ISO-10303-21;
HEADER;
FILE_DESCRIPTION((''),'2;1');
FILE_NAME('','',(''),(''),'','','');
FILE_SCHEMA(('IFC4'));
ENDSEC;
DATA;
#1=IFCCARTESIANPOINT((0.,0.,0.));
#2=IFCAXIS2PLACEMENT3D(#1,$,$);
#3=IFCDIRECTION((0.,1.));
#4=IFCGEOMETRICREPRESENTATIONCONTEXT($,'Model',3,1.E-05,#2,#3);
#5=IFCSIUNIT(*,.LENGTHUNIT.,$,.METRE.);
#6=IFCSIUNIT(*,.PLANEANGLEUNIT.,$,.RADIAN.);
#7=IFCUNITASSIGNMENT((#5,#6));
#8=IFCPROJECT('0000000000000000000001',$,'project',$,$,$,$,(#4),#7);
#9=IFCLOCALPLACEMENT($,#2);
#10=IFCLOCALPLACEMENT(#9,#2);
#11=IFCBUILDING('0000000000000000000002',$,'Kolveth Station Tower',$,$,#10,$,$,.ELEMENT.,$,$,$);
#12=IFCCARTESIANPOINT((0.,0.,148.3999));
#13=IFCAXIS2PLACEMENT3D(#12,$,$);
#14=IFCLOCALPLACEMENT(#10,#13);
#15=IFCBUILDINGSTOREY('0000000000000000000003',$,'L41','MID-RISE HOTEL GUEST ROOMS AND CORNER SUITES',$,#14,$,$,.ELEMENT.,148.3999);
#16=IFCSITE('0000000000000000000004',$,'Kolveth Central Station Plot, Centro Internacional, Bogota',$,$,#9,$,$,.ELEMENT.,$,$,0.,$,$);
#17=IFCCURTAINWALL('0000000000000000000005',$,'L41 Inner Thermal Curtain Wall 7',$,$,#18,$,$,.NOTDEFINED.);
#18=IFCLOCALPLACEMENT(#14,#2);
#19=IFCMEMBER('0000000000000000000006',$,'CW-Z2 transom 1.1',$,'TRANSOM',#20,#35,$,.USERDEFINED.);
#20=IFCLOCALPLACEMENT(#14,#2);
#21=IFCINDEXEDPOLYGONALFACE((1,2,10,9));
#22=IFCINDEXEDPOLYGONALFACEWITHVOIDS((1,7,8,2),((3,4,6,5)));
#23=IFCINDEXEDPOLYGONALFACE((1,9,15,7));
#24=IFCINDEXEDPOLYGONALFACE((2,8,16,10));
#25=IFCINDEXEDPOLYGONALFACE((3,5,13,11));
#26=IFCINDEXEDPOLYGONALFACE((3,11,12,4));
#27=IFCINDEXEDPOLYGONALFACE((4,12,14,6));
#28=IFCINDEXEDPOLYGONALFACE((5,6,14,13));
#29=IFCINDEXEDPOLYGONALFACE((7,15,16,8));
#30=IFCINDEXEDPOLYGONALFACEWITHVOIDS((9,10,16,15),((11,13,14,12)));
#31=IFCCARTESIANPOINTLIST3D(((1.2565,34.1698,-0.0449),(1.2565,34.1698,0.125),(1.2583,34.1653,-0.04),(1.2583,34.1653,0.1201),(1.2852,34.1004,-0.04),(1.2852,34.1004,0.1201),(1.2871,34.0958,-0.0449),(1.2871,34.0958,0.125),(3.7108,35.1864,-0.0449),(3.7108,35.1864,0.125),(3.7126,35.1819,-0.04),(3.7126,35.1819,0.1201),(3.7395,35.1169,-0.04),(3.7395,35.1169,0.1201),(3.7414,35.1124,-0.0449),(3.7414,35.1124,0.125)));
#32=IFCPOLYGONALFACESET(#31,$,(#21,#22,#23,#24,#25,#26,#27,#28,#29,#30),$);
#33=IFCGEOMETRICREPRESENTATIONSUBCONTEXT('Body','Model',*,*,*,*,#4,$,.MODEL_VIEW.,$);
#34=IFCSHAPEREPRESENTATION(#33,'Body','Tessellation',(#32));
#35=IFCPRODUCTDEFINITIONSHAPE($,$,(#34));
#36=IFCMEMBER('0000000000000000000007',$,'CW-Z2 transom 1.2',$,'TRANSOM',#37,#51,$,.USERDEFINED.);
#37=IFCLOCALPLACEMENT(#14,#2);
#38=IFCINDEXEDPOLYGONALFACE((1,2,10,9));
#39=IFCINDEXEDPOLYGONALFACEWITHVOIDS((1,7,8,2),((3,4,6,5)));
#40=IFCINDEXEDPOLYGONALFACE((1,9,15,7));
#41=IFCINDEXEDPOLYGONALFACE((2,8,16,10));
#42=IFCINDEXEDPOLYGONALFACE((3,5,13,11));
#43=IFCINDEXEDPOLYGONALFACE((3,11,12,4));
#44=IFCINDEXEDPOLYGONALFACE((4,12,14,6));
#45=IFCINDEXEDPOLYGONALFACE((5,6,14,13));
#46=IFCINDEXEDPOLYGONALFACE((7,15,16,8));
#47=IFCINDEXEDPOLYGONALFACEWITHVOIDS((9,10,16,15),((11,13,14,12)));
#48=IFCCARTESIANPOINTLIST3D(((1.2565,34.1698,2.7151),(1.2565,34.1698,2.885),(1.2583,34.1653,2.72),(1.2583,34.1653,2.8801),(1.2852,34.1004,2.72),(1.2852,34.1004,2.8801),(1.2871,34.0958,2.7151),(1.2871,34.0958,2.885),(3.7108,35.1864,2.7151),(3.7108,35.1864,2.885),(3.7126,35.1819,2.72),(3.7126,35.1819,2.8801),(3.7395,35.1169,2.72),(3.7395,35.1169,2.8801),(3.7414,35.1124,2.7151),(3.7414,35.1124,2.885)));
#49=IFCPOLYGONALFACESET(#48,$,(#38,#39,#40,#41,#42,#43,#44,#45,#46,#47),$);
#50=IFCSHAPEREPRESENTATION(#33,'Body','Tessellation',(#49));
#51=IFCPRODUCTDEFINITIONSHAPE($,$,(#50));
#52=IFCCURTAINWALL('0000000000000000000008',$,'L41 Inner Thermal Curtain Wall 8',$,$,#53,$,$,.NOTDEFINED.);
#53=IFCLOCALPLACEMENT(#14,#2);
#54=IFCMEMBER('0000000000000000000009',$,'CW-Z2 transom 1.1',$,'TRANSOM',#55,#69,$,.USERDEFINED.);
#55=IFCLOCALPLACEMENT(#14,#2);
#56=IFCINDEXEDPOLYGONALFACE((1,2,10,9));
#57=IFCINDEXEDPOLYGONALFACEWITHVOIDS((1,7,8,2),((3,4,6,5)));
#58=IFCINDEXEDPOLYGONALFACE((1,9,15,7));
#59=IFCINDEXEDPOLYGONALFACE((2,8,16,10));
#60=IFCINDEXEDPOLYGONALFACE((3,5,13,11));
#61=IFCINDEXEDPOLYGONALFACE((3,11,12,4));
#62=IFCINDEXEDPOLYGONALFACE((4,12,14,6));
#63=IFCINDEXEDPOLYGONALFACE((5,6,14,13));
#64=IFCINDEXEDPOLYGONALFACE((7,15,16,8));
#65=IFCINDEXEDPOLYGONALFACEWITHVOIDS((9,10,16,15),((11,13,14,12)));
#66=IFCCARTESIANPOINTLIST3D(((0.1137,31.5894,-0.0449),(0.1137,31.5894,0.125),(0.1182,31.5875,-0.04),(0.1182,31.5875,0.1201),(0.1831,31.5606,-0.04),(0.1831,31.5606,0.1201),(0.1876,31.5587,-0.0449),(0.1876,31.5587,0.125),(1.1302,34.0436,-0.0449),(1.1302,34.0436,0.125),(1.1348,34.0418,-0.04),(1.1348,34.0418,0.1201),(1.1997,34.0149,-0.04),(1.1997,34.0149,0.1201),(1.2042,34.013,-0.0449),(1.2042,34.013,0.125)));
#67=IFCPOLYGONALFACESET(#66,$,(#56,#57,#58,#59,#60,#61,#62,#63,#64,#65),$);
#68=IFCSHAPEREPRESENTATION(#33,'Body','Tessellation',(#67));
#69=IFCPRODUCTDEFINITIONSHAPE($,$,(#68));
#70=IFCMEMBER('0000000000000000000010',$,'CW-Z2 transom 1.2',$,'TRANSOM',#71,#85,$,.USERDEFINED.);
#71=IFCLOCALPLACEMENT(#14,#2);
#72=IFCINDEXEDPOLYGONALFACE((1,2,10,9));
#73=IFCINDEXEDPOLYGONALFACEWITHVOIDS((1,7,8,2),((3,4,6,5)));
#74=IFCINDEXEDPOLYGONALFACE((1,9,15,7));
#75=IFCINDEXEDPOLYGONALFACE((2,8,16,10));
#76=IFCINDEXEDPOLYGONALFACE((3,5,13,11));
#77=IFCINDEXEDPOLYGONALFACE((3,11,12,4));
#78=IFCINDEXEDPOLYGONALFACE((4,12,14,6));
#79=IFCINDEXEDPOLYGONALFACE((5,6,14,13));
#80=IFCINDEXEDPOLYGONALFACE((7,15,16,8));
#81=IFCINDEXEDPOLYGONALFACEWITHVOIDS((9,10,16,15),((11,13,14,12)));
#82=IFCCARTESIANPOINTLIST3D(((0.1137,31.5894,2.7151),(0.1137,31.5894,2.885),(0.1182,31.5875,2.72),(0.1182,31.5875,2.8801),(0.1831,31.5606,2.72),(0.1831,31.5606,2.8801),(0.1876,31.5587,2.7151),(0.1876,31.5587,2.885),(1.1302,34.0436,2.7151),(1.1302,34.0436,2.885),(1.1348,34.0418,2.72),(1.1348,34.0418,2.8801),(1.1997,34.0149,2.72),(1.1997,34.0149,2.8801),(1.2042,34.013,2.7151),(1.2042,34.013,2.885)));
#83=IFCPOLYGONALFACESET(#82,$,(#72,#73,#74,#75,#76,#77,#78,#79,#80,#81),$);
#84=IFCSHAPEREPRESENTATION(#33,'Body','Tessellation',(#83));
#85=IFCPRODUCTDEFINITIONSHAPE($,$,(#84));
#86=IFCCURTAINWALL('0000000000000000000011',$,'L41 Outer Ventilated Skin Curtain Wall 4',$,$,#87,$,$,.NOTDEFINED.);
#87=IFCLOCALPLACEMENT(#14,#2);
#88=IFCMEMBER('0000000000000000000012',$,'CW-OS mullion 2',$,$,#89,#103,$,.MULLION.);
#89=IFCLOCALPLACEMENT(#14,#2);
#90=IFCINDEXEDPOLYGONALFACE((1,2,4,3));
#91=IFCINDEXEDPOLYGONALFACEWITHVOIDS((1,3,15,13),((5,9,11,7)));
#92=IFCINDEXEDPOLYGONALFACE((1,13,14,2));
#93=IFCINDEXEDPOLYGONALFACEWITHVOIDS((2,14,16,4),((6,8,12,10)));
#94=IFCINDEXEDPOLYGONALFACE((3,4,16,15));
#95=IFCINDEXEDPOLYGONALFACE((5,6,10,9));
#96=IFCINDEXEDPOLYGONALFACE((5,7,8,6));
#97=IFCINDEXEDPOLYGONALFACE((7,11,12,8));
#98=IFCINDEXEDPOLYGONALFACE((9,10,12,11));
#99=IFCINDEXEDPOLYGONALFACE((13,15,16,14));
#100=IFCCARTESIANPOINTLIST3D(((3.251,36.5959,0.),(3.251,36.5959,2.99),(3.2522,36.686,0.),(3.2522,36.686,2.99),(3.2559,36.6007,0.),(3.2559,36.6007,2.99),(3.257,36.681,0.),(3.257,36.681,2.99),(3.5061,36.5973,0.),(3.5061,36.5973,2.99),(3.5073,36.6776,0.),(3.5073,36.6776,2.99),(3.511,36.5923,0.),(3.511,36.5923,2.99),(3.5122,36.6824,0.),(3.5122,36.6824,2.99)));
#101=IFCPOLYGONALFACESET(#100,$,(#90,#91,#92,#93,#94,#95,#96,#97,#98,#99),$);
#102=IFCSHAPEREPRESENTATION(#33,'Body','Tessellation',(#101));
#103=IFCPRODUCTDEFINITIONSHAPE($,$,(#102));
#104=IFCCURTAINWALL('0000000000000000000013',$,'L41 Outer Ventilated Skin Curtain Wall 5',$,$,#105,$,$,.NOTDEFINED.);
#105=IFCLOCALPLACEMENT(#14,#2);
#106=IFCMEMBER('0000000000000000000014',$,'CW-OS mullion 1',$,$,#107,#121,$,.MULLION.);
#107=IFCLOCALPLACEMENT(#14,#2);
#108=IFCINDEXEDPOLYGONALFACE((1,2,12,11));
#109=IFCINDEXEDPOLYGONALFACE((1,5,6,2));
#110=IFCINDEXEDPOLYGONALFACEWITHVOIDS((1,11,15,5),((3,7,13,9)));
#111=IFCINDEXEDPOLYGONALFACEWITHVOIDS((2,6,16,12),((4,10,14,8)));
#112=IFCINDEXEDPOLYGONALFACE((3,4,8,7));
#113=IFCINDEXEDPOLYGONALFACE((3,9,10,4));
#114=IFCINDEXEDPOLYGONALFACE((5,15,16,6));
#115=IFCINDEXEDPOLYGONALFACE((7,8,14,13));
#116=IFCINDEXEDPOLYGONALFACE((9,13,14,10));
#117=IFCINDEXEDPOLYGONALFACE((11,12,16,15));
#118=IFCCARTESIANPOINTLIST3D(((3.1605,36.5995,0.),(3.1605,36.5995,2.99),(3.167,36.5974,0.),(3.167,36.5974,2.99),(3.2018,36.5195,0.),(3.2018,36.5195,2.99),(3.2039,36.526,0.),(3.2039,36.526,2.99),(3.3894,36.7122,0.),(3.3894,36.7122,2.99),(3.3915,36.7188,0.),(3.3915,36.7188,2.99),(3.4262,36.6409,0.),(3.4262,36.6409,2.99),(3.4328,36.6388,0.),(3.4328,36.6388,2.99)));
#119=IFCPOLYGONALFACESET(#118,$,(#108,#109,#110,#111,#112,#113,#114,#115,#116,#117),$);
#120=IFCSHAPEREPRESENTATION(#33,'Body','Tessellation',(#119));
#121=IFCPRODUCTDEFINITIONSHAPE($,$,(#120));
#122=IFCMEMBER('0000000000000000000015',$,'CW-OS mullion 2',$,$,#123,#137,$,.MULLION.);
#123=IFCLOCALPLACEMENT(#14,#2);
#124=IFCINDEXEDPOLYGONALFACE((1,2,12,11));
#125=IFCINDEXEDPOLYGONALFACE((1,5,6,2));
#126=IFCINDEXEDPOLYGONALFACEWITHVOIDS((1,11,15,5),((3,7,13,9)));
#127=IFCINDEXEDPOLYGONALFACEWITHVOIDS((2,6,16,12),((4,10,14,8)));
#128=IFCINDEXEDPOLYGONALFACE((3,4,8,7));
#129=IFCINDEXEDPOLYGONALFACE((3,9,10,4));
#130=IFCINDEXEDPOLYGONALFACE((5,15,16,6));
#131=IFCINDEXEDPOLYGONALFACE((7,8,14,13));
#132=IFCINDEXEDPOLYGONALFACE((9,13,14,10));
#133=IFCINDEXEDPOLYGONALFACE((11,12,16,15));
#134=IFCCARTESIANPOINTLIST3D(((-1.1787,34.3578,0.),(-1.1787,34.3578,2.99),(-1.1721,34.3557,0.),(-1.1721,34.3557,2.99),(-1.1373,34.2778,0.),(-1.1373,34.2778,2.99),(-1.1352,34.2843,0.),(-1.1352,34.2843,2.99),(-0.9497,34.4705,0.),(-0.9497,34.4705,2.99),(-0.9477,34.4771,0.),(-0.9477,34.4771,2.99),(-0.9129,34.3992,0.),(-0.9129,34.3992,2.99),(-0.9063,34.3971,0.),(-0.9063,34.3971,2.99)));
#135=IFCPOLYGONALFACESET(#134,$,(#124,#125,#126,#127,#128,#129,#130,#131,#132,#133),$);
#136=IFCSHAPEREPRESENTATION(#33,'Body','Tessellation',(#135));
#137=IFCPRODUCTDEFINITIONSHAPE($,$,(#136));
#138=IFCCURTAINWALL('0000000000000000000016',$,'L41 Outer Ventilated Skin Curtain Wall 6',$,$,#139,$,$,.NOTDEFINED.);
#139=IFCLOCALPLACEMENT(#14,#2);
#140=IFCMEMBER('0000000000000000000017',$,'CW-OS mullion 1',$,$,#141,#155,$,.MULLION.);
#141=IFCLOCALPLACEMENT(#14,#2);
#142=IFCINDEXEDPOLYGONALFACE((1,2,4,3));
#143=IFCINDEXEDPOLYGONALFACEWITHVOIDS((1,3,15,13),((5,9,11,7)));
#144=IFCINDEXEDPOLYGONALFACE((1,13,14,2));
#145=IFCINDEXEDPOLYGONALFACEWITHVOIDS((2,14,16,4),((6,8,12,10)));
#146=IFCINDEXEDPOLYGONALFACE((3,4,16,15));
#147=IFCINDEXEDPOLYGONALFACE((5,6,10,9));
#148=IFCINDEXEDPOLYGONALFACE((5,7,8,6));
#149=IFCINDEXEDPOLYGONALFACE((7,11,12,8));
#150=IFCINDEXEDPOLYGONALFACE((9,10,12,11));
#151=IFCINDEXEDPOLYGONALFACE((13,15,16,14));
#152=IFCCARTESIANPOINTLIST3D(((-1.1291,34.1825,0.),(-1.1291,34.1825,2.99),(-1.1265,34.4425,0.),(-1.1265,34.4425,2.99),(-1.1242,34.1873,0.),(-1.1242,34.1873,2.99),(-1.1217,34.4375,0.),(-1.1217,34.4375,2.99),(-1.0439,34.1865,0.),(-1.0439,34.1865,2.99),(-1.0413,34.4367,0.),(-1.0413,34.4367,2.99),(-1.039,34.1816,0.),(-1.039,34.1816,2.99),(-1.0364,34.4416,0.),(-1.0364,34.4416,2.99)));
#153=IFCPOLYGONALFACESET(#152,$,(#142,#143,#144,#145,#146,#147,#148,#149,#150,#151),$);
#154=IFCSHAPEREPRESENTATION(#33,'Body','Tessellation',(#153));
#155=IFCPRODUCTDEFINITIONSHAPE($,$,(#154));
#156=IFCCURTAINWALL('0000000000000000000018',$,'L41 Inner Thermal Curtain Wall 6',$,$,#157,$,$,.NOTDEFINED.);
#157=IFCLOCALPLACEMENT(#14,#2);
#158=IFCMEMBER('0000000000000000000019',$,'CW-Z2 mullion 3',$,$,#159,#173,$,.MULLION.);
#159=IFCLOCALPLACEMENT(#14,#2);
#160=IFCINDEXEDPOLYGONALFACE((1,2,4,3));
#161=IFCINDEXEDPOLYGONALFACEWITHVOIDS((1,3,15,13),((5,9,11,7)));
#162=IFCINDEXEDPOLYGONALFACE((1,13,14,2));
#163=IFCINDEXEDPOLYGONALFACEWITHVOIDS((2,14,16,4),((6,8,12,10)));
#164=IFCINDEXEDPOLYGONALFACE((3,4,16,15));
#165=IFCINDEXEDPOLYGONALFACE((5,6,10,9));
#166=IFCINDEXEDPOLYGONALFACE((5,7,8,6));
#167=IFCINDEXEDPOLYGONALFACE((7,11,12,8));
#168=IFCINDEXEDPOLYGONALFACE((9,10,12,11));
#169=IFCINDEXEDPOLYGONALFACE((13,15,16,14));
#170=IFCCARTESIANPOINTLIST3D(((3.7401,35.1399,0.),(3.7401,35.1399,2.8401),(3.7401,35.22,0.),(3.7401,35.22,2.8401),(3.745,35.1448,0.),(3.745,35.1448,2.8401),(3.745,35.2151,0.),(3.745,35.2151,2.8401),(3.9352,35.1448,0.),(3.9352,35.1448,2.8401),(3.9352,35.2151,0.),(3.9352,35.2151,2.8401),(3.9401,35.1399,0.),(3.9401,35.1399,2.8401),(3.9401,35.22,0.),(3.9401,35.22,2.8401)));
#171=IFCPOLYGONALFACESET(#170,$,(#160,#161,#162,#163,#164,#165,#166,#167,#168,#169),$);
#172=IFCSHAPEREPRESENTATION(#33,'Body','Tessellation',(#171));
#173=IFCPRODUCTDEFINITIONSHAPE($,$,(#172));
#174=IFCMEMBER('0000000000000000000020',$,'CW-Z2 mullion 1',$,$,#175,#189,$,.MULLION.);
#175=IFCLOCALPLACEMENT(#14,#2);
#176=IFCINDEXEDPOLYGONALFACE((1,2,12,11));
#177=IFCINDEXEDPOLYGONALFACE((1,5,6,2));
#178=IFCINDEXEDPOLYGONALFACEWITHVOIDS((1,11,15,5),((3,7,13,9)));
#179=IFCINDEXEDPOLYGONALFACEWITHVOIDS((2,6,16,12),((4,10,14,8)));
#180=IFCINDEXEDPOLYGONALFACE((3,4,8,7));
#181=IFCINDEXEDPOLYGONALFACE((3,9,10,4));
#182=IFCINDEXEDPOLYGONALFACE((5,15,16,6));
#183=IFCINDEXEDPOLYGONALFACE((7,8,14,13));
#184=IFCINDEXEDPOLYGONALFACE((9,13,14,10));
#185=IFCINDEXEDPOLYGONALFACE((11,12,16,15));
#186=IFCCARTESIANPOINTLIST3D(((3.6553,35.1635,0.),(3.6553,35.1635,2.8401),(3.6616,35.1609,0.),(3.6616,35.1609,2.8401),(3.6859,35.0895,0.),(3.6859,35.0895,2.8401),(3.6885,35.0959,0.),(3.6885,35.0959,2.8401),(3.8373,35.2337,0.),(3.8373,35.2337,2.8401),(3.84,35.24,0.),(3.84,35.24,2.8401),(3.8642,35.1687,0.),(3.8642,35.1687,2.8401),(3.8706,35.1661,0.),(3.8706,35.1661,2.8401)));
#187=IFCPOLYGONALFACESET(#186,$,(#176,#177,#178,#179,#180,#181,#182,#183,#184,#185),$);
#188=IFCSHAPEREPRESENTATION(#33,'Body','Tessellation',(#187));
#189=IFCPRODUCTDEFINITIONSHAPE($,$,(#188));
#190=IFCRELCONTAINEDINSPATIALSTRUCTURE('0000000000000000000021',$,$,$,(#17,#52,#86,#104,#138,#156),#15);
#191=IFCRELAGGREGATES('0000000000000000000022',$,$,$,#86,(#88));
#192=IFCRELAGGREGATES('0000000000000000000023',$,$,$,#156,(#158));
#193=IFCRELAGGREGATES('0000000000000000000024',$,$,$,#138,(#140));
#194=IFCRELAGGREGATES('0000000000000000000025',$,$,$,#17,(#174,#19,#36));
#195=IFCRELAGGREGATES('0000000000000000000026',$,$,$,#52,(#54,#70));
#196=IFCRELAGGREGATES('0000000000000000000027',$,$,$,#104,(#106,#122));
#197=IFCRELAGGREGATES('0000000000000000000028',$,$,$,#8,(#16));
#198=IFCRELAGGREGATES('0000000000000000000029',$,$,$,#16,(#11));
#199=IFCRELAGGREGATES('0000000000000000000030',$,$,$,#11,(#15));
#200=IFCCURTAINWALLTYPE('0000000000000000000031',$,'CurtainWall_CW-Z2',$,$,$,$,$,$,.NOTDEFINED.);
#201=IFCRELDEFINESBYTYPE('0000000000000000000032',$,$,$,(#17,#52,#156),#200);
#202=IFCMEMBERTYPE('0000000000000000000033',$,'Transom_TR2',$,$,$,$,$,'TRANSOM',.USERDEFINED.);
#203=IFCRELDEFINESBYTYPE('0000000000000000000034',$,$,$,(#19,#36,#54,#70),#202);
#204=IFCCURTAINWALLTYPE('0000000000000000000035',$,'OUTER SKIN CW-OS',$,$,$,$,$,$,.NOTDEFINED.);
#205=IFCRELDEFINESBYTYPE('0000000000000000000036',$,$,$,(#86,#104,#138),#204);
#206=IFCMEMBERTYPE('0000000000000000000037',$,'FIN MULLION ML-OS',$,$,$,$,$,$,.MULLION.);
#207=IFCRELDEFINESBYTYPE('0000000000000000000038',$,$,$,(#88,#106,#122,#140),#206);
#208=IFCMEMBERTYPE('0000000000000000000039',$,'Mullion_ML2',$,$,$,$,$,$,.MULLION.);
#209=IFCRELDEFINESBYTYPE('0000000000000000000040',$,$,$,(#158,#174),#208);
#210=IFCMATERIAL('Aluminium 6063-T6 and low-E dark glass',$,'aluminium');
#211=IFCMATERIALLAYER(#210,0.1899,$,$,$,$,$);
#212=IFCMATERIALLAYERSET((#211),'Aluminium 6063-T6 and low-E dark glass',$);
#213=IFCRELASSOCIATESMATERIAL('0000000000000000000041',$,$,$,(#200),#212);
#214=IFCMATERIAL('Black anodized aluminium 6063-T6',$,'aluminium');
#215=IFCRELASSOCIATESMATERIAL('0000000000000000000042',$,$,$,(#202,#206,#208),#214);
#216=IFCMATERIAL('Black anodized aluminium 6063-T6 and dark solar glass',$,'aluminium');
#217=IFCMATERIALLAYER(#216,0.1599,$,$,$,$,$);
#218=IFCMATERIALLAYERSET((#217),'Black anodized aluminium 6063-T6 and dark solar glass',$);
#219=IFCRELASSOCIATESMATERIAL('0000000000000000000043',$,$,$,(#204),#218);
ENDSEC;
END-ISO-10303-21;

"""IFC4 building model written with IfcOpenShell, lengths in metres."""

from ifc_helpers import new_model, si_unit, direction, frame, origin, origin_2d, place, context, subcontext, project, spatial, hollow_rectangle, extrude, source, transform, mapped, material, layer, layer_set, material_profile, profile_set, type_object, element, aggregate, save


model = new_model("IFC4")

# Units and contexts
model_context = context("Model", 3, precision=1e-05, world=origin(), true_north=direction((0.0, 1.0)))
body_context = subcontext(model_context, "Body", "Model", "MODEL_VIEW")
ifc_project = project(units=[si_unit("LENGTHUNIT", "METRE"), si_unit("PLANEANGLEUNIT", "RADIAN")], contexts=[model_context])

# Site, building, storey
site_placement = place(None, origin())
site = spatial("IfcSite", under=ifc_project, at=site_placement, Name="Kolveth Central Station Plot, Centro Internacional, Bogota", CompositionType="ELEMENT", RefElevation=0.0)
building_placement = place(site_placement, origin())
building = spatial("IfcBuilding", under=site, at=building_placement, Name="Kolveth Station Tower", CompositionType="ELEMENT")
storey_placement = place(building_placement, frame((0.0, 0.0, 148.3999)))
storey = spatial("IfcBuildingStorey", under=building, at=storey_placement, Name="L41", Description="MID-RISE HOTEL GUEST ROOMS AND CORNER SUITES", CompositionType="ELEMENT", Elevation=148.3999)

# Curtain walls, members
ifc_material_1 = material(Name="Aluminium 6063-T6 and low-E dark glass", Category="aluminium")
ifc_layer_1 = layer(ifc_material_1, 0.1899)
ifc_layer_set_1 = layer_set([ifc_layer_1], Name="Aluminium 6063-T6 and low-E dark glass")
curtain_wall_type_1 = type_object("IfcCurtainWallType", Name="CurtainWall_CW-Z2", PredefinedType="NOTDEFINED", material=ifc_layer_set_1)
curtain_wall_1_placement = place(storey_placement, origin())
curtain_wall_1 = element("IfcCurtainWall", 1, at=curtain_wall_1_placement, inside=storey, type_object=curtain_wall_type_1, Name="L41 Inner Thermal Curtain Wall 7", PredefinedType="NOTDEFINED")
ifc_material_2 = material(Name="Black anodized aluminium 6063-T6", Category="aluminium")
ifc_material_profile_1 = material_profile(ifc_material_2, hollow_rectangle(XDim=0.0801, YDim=0.1699, WallThickness=0.0049, at=origin_2d()), Name="ALU-80x170x5")
ifc_profile_set_1 = profile_set([ifc_material_profile_1], Name="Black anodized aluminium 6063-T6")
member_type_1 = type_object("IfcMemberType", Name="Transom_TR2", ElementType="TRANSOM", PredefinedType="USERDEFINED", material=ifc_profile_set_1)
shared_shape_1 = source(origin(), body_context, "Body", "SweptSolid", [
    extrude(hollow_rectangle(XDim=0.0801, YDim=0.1699, WallThickness=0.0049, at=origin_2d()), origin(), (0.0, 0.0, 1.0), 2.6565),
])
member_1_placement = place(storey_placement, frame((3.7261, 35.1494, 0.04), z_axis=(-0.923882, -0.382676, 0.0), x_axis=(0.382676, -0.923882, 0.0)))
member_1 = element("IfcMember", 2, at=member_1_placement, type_object=member_type_1, Name="CW-Z2 transom 1.1", ObjectType="TRANSOM", PredefinedType="USERDEFINED", context=body_context, shape_type="MappedRepresentation", body=[
    mapped(shared_shape_1, transform((0.0, 0.0, 0.0), x_axis=(1.0, 0.0, 0.0), y_axis=(0.0, 1.0, 0.0), z_axis=(0.0, 0.0, 1.0), scale=1.0)),
])
member_2_placement = place(storey_placement, frame((3.7261, 35.1494, 2.8), z_axis=(-0.923882, -0.382676, 0.0), x_axis=(0.382676, -0.923882, 0.0)))
member_2 = element("IfcMember", 3, at=member_2_placement, type_object=member_type_1, Name="CW-Z2 transom 1.2", ObjectType="TRANSOM", PredefinedType="USERDEFINED", context=body_context, shape_type="MappedRepresentation", body=[
    mapped(shared_shape_1, transform((0.0, 0.0, 0.0), x_axis=(1.0, 0.0, 0.0), y_axis=(0.0, 1.0, 0.0), z_axis=(0.0, 0.0, 1.0), scale=1.0)),
])
curtain_wall_2_placement = place(storey_placement, origin())
curtain_wall_2 = element("IfcCurtainWall", 4, at=curtain_wall_2_placement, inside=storey, type_object=curtain_wall_type_1, Name="L41 Inner Thermal Curtain Wall 8", PredefinedType="NOTDEFINED")
member_3_placement = place(storey_placement, frame((1.1672, 34.0283, 0.04), z_axis=(-0.382676, -0.923882, 0.0), x_axis=(0.923882, -0.382676, 0.0)))
member_3 = element("IfcMember", 5, at=member_3_placement, type_object=member_type_1, Name="CW-Z2 transom 1.1", ObjectType="TRANSOM", PredefinedType="USERDEFINED", context=body_context, shape_type="MappedRepresentation", body=[
    mapped(shared_shape_1, transform((0.0, 0.0, 0.0), x_axis=(1.0, 0.0, 0.0), y_axis=(0.0, 1.0, 0.0), z_axis=(0.0, 0.0, 1.0), scale=1.0)),
])
member_4_placement = place(storey_placement, frame((1.1672, 34.0283, 2.8), z_axis=(-0.382676, -0.923882, 0.0), x_axis=(0.923882, -0.382676, 0.0)))
member_4 = element("IfcMember", 6, at=member_4_placement, type_object=member_type_1, Name="CW-Z2 transom 1.2", ObjectType="TRANSOM", PredefinedType="USERDEFINED", context=body_context, shape_type="MappedRepresentation", body=[
    mapped(shared_shape_1, transform((0.0, 0.0, 0.0), x_axis=(1.0, 0.0, 0.0), y_axis=(0.0, 1.0, 0.0), z_axis=(0.0, 0.0, 1.0), scale=1.0)),
])

# Curtain wall, member
ifc_material_3 = material(Name="Black anodized aluminium 6063-T6 and dark solar glass", Category="aluminium")
ifc_layer_2 = layer(ifc_material_3, 0.1599)
ifc_layer_set_2 = layer_set([ifc_layer_2], Name="Black anodized aluminium 6063-T6 and dark solar glass")
curtain_wall_type_2 = type_object("IfcCurtainWallType", Name="OUTER SKIN CW-OS", PredefinedType="NOTDEFINED", material=ifc_layer_set_2)
curtain_wall_3_placement = place(storey_placement, origin())
curtain_wall_3 = element("IfcCurtainWall", 7, at=curtain_wall_3_placement, inside=storey, type_object=curtain_wall_type_2, Name="L41 Outer Ventilated Skin Curtain Wall 4", PredefinedType="NOTDEFINED")
ifc_material_profile_2 = material_profile(ifc_material_2, hollow_rectangle(XDim=0.0901, YDim=0.26, WallThickness=0.0049, at=origin_2d()), Name="ALU-90x260x5")
ifc_profile_set_2 = profile_set([ifc_material_profile_2], Name="Black anodized aluminium 6063-T6")
member_type_2 = type_object("IfcMemberType", Name="FIN MULLION ML-OS", PredefinedType="MULLION", material=ifc_profile_set_2)
shared_shape_2 = source(origin(), body_context, "Body", "SweptSolid", [
    extrude(hollow_rectangle(XDim=0.0901, YDim=0.26, WallThickness=0.0049, at=origin_2d()), origin(), (0.0, 0.0, 1.0), 2.99),
])
member_5_placement = place(storey_placement, frame((3.3816, 36.6392, 0.0), z_axis=(0.0, 0.0, 1.0), x_axis=(-0.013763, -0.999905, 0.0)))
member_5 = element("IfcMember", 8, at=member_5_placement, type_object=member_type_2, Name="CW-OS mullion 2", PredefinedType="MULLION", context=body_context, shape_type="MappedRepresentation", body=[
    mapped(shared_shape_2, transform((0.0, 0.0, 0.0), x_axis=(1.0, 0.0, 0.0), y_axis=(0.0, 1.0, 0.0), z_axis=(0.0, 0.0, 1.0), scale=1.0)),
])
aggregate(curtain_wall_3, [member_5])

# Curtain wall, members
curtain_wall_4_placement = place(storey_placement, origin())
curtain_wall_4 = element("IfcCurtainWall", 9, at=curtain_wall_4_placement, inside=storey, type_object=curtain_wall_type_2, Name="L41 Outer Ventilated Skin Curtain Wall 5", PredefinedType="NOTDEFINED")
member_6_placement = place(storey_placement, frame((3.2966, 36.6191, 0.0), z_axis=(0.0, 0.0, 1.0), x_axis=(0.458965, -0.888455, 0.0)))
member_6 = element("IfcMember", 10, at=member_6_placement, type_object=member_type_2, Name="CW-OS mullion 1", PredefinedType="MULLION", context=body_context, shape_type="MappedRepresentation", body=[
    mapped(shared_shape_2, transform((0.0, 0.0, 0.0), x_axis=(1.0, 0.0, 0.0), y_axis=(0.0, 1.0, 0.0), z_axis=(0.0, 0.0, 1.0), scale=1.0)),
])
member_7_placement = place(storey_placement, frame((-1.0425, 34.3774, 0.0), z_axis=(0.0, 0.0, 1.0), x_axis=(0.458965, -0.888455, 0.0)))
member_7 = element("IfcMember", 11, at=member_7_placement, type_object=member_type_2, Name="CW-OS mullion 2", PredefinedType="MULLION", context=body_context, shape_type="MappedRepresentation", body=[
    mapped(shared_shape_2, transform((0.0, 0.0, 0.0), x_axis=(1.0, 0.0, 0.0), y_axis=(0.0, 1.0, 0.0), z_axis=(0.0, 0.0, 1.0), scale=1.0)),
])

# Curtain walls, members
curtain_wall_5_placement = place(storey_placement, origin())
curtain_wall_5 = element("IfcCurtainWall", 12, at=curtain_wall_5_placement, inside=storey, type_object=curtain_wall_type_2, Name="L41 Outer Ventilated Skin Curtain Wall 6", PredefinedType="NOTDEFINED")
member_8_placement = place(storey_placement, frame((-1.0828, 34.312, 0.0), z_axis=(0.0, 0.0, 1.0), x_axis=(0.999949, -0.010109, 0.0)))
member_8 = element("IfcMember", 13, at=member_8_placement, type_object=member_type_2, Name="CW-OS mullion 1", PredefinedType="MULLION", context=body_context, shape_type="MappedRepresentation", body=[
    mapped(shared_shape_2, transform((0.0, 0.0, 0.0), x_axis=(1.0, 0.0, 0.0), y_axis=(0.0, 1.0, 0.0), z_axis=(0.0, 0.0, 1.0), scale=1.0)),
])
curtain_wall_6_placement = place(storey_placement, origin())
curtain_wall_6 = element("IfcCurtainWall", 14, at=curtain_wall_6_placement, inside=storey, type_object=curtain_wall_type_1, Name="L41 Inner Thermal Curtain Wall 6", PredefinedType="NOTDEFINED")
ifc_material_profile_3 = material_profile(ifc_material_2, hollow_rectangle(XDim=0.0801, YDim=0.2, WallThickness=0.0049, at=origin_2d()), Name="ALU-80x200x5")
ifc_profile_set_3 = profile_set([ifc_material_profile_3], Name="Black anodized aluminium 6063-T6")
member_type_3 = type_object("IfcMemberType", Name="Mullion_ML2", PredefinedType="MULLION", material=ifc_profile_set_3)
shared_shape_3 = source(origin(), body_context, "Body", "SweptSolid", [
    extrude(hollow_rectangle(XDim=0.0801, YDim=0.2, WallThickness=0.0049, at=origin_2d()), origin(), (0.0, 0.0, 1.0), 2.8401),
])
member_9_placement = place(storey_placement, frame((3.8401, 35.1799, 0.0), z_axis=(0.0, 0.0, 1.0), x_axis=(0.0, -1.0, 0.0)))
member_9 = element("IfcMember", 15, at=member_9_placement, type_object=member_type_3, Name="CW-Z2 mullion 3", PredefinedType="MULLION", context=body_context, shape_type="MappedRepresentation", body=[
    mapped(shared_shape_3, transform((0.0, 0.0, 0.0), x_axis=(1.0, 0.0, 0.0), y_axis=(0.0, 1.0, 0.0), z_axis=(0.0, 0.0, 1.0), scale=1.0)),
])
aggregate(curtain_wall_6, [member_9])

# Member
member_10_placement = place(storey_placement, frame((3.7629, 35.1648, 0.0), z_axis=(0.0, 0.0, 1.0), x_axis=(0.382663, -0.923888, 0.0)))
member_10 = element("IfcMember", 16, at=member_10_placement, type_object=member_type_3, Name="CW-Z2 mullion 1", PredefinedType="MULLION", context=body_context, shape_type="MappedRepresentation", body=[
    mapped(shared_shape_3, transform((0.0, 0.0, 0.0), x_axis=(1.0, 0.0, 0.0), y_axis=(0.0, 1.0, 0.0), z_axis=(0.0, 0.0, 1.0), scale=1.0)),
])
aggregate(curtain_wall_5, [member_8])

aggregate(curtain_wall_1, [member_10, member_1, member_2])
aggregate(curtain_wall_2, [member_3, member_4])
aggregate(curtain_wall_4, [member_6, member_7])

save(model, "model.ifc")
